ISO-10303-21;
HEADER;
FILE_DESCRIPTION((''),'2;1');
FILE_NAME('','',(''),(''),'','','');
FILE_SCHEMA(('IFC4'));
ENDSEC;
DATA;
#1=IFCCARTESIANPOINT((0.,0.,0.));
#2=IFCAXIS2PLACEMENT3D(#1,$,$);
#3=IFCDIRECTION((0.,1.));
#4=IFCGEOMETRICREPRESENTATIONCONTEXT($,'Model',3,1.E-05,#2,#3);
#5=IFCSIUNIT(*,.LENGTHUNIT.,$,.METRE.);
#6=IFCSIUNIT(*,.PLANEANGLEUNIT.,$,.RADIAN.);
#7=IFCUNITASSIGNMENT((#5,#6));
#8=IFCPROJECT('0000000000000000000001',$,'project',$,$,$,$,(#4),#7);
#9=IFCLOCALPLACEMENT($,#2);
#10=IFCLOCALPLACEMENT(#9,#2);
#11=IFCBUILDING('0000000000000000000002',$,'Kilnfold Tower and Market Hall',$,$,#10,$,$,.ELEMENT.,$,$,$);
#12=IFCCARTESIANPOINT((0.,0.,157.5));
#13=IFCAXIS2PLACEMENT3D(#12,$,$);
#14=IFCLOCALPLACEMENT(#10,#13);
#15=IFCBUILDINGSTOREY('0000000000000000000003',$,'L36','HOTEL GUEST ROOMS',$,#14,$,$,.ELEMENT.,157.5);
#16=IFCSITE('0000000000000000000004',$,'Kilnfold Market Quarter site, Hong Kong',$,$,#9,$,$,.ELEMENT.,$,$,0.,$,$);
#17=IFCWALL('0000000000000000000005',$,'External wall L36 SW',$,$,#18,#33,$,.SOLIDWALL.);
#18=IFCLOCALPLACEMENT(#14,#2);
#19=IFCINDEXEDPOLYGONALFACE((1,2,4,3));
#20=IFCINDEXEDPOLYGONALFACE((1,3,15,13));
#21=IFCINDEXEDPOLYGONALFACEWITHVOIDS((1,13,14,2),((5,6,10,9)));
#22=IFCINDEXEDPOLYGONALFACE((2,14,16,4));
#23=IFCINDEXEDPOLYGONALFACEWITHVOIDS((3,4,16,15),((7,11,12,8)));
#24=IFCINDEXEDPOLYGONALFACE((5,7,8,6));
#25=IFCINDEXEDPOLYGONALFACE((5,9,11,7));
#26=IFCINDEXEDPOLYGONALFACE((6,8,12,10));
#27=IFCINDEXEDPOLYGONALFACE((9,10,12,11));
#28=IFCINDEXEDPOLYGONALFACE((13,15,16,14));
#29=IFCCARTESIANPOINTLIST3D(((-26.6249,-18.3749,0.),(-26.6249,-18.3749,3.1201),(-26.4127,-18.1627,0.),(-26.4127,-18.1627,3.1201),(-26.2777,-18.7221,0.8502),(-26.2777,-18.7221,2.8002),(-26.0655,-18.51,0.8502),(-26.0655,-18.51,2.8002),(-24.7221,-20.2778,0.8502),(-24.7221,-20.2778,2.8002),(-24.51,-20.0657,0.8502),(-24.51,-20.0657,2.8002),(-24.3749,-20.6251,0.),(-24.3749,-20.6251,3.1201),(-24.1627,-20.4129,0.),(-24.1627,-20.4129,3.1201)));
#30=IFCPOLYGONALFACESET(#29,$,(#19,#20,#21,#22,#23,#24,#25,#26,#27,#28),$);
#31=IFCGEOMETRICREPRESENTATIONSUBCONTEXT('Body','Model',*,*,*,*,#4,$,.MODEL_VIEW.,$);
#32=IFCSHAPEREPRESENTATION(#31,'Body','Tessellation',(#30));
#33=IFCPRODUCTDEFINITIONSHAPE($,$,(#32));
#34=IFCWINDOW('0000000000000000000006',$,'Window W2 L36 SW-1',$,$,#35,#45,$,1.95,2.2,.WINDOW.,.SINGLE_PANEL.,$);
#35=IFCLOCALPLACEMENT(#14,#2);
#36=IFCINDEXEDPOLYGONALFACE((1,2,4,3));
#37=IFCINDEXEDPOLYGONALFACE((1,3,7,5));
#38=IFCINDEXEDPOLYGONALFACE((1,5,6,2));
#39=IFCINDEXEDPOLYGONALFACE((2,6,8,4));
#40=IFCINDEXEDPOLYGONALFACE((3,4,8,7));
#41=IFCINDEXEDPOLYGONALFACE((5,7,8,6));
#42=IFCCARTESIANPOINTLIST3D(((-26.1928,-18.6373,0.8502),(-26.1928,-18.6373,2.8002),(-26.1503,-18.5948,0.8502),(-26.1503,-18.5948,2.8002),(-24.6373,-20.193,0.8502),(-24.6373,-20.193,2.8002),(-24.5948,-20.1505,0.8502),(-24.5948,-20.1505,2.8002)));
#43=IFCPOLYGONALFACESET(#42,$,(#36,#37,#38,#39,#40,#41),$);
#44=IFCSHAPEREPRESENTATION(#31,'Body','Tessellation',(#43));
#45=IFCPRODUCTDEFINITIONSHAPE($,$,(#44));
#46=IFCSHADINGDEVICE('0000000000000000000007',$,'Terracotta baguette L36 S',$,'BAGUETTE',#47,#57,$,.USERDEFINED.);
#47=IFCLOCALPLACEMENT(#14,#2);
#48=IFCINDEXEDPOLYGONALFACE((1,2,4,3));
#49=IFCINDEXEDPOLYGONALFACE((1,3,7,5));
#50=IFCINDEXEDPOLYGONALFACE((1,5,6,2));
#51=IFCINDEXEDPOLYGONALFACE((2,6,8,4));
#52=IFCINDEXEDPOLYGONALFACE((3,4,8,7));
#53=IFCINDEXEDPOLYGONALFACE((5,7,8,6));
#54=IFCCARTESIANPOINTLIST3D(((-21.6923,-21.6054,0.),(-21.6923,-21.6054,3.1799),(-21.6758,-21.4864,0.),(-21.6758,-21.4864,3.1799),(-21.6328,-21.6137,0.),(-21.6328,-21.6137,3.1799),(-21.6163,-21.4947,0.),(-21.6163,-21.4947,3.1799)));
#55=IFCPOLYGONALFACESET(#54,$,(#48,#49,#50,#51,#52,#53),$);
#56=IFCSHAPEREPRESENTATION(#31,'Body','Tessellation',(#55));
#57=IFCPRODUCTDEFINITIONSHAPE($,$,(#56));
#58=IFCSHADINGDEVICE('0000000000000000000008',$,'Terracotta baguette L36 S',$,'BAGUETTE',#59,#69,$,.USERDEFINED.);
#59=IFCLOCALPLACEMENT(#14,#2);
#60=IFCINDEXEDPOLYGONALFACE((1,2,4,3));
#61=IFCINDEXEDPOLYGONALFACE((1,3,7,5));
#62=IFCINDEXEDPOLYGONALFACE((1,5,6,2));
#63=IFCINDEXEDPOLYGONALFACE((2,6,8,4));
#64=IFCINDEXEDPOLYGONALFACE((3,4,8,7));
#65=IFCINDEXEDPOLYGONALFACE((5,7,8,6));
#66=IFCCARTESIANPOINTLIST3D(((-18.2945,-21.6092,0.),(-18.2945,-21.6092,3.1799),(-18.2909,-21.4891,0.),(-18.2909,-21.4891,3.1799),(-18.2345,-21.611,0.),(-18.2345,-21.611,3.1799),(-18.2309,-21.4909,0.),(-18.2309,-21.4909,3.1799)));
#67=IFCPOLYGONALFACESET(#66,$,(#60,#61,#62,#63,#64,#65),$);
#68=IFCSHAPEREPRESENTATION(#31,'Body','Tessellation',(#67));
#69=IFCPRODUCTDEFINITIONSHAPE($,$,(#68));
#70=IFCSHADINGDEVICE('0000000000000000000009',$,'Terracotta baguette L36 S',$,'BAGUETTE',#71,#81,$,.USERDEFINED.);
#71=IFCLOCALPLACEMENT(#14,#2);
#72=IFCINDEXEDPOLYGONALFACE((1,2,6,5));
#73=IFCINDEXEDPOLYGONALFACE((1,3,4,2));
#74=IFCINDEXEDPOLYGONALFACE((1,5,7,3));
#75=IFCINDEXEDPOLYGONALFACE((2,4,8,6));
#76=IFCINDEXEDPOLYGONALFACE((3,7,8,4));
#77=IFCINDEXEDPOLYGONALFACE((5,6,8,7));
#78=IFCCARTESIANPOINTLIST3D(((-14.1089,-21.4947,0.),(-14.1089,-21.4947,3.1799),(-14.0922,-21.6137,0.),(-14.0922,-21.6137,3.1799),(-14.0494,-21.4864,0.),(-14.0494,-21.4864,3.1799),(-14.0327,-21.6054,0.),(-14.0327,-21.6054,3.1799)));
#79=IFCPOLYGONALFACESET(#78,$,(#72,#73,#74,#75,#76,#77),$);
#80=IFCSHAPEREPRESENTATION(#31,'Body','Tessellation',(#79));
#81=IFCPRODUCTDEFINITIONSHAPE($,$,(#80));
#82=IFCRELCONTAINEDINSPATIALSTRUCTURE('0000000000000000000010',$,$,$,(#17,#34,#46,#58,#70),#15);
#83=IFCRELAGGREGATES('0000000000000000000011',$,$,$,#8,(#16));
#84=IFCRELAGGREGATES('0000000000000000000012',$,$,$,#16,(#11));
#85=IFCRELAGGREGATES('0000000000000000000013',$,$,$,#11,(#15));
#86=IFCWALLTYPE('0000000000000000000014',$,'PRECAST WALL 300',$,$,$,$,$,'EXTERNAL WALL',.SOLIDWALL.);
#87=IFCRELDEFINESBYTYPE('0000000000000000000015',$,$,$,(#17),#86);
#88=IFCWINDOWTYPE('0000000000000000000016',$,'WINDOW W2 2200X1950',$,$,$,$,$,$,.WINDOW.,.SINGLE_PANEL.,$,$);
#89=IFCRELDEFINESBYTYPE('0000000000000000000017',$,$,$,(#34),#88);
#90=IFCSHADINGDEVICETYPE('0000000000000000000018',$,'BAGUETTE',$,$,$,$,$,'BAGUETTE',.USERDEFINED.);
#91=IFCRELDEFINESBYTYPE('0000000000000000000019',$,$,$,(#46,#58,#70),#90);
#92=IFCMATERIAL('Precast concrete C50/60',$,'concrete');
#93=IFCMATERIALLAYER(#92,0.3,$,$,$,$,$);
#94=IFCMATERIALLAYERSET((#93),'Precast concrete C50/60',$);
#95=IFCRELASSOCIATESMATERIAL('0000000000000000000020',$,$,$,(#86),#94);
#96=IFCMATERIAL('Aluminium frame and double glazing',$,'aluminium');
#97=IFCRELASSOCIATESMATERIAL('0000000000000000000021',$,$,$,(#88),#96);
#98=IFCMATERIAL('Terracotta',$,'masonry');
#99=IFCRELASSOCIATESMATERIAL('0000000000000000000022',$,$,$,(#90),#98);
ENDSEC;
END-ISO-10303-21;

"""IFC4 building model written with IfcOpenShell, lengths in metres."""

from ifc_helpers import new_model, si_unit, direction, frame, frame_2d, origin, origin_2d, place, context, subcontext, project, spatial, rectangle, extrude, source, transform, mapped, material, layer, layer_set, material_profile, profile_set, type_object, element, fill, save


model = new_model("IFC4")

# Units and contexts
model_context = context("Model", 3, precision=1e-05, world=origin(), true_north=direction((0.0, 1.0)))
body_context = subcontext(model_context, "Body", "Model", "MODEL_VIEW")
ifc_project = project(units=[si_unit("LENGTHUNIT", "METRE"), si_unit("PLANEANGLEUNIT", "RADIAN")], contexts=[model_context])

# Site, building, storey
site_placement = place(None, origin())
site = spatial("IfcSite", under=ifc_project, at=site_placement, Name="Kilnfold Market Quarter site, Hong Kong", CompositionType="ELEMENT", RefElevation=0.0)
building_placement = place(site_placement, origin())
building = spatial("IfcBuilding", under=site, at=building_placement, Name="Kilnfold Tower and Market Hall", CompositionType="ELEMENT")
storey_placement = place(building_placement, frame((0.0, 0.0, 157.5)))
storey = spatial("IfcBuildingStorey", under=building, at=storey_placement, Name="L36", Description="HOTEL GUEST ROOMS", CompositionType="ELEMENT", Elevation=157.5)

# Shared definitions
ifc_material_1 = material(Name="Precast concrete C50/60", Category="concrete")
ifc_layer_1 = layer(ifc_material_1, 0.3)
ifc_layer_set_1 = layer_set([ifc_layer_1], Name="Precast concrete C50/60")
wall_type_1 = type_object("IfcWallType", Name="PRECAST WALL 300", ElementType="EXTERNAL WALL", PredefinedType="SOLIDWALL", material=ifc_layer_set_1)

# Wall, opening, window
shared_shape_1 = source(origin(), body_context, "Body", "SweptSolid", [
    extrude(rectangle(XDim=3.1821, YDim=0.3, at=frame_2d((1.5911, 0.0))), origin(), (0.0, 0.0, 1.0), 3.1201),
])
wall_1_placement = place(storey_placement, frame((-26.5188, -18.2688, 0.0), z_axis=(0.0, 0.0, 1.0), x_axis=(0.707068, -0.707145, 0.0)))
wall_1 = element("IfcWall", 1, at=wall_1_placement, inside=storey, type_object=wall_type_1, Name="External wall L36 SW", PredefinedType="SOLIDWALL", context=body_context, shape_type="MappedRepresentation", body=[
    mapped(shared_shape_1, transform((0.0, 0.0, 0.0))),
])
opening_1_placement = place(wall_1_placement, frame((0.491, 0.0, 0.8501)))
opening_1 = element("IfcOpeningElement", 2, at=opening_1_placement, cuts=wall_1, PredefinedType="OPENING", context=body_context, shape_type="SweptSolid", body=[
    extrude(rectangle(XDim=2.2, YDim=1.95, at=frame_2d((1.1001, 0.9751))), frame((0.0, 0.1602, 0.0), z_axis=(0.0, -1.0, 0.0), x_axis=(1.0, 0.0, 0.0)), (0.0, 0.0, 1.0), 0.3201),
])
ifc_material_2 = material(Name="Aluminium frame and double glazing", Category="aluminium")
window_type_1 = type_object("IfcWindowType", Name="WINDOW W2 2200X1950", PartitioningType="SINGLE_PANEL", PredefinedType="WINDOW", material=ifc_material_2)
window_1_placement = place(opening_1_placement, origin())
window_1 = element("IfcWindow", 3, at=window_1_placement, inside=storey, type_object=window_type_1, Name="Window W2 L36 SW-1", OverallHeight=1.95, OverallWidth=2.2, PartitioningType="SINGLE_PANEL", PredefinedType="WINDOW", context=body_context, shape_type="SweptSolid", body=[
    extrude(rectangle(XDim=2.2, YDim=1.95, at=frame_2d((1.1001, 0.9751))), frame((0.0, 0.03, 0.0), z_axis=(0.0, -1.0, 0.0), x_axis=(1.0, 0.0, 0.0)), (0.0, 0.0, 1.0), 0.0601),
])
fill(opening_1, window_1)

# Shading devices
ifc_material_3 = material(Name="Terracotta", Category="masonry")
ifc_material_profile_1 = material_profile(ifc_material_3, rectangle(XDim=0.0601, YDim=0.1201, at=origin_2d()), Name="BAG 60x120")
ifc_profile_set_1 = profile_set([ifc_material_profile_1], Name="Terracotta")
shading_device_type = type_object("IfcShadingDeviceType", Name="BAGUETTE", ElementType="BAGUETTE", PredefinedType="USERDEFINED", material=ifc_profile_set_1)
shared_shape_2 = source(origin(), body_context, "Body", "SweptSolid", [
    extrude(rectangle(XDim=0.0601, YDim=0.1201, at=origin_2d()), origin(), (0.0, 0.0, 1.0), 3.1799),
])
for number, where, z_axis, x_axis, name in (
    (4, (-21.6543, -21.55, 0.0), (0.0, 0.0, 1.0), (0.990531, -0.137289, 0.0), "Terracotta baguette L36 S"),
    (5, (-18.2627, -21.55, 0.0), (0.0, 0.0, 1.0), (0.999561, -0.029631, 0.0), "Terracotta baguette L36 S"),
    (6, (-14.0708, -21.55, 0.0), (0.0, 0.0, 1.0), (0.990358, 0.138528, 0.0), "Terracotta baguette L36 S"),
):
    element("IfcShadingDevice", number, at=place(storey_placement, frame(where, z_axis=z_axis, x_axis=x_axis)), inside=storey, type_object=shading_device_type, Name=name, ObjectType="BAGUETTE", PredefinedType="USERDEFINED", context=body_context, shape_type="MappedRepresentation", body=[
        mapped(shared_shape_2, transform((0.0, 0.0, 0.0))),
    ])

save(model, "model.ifc")
